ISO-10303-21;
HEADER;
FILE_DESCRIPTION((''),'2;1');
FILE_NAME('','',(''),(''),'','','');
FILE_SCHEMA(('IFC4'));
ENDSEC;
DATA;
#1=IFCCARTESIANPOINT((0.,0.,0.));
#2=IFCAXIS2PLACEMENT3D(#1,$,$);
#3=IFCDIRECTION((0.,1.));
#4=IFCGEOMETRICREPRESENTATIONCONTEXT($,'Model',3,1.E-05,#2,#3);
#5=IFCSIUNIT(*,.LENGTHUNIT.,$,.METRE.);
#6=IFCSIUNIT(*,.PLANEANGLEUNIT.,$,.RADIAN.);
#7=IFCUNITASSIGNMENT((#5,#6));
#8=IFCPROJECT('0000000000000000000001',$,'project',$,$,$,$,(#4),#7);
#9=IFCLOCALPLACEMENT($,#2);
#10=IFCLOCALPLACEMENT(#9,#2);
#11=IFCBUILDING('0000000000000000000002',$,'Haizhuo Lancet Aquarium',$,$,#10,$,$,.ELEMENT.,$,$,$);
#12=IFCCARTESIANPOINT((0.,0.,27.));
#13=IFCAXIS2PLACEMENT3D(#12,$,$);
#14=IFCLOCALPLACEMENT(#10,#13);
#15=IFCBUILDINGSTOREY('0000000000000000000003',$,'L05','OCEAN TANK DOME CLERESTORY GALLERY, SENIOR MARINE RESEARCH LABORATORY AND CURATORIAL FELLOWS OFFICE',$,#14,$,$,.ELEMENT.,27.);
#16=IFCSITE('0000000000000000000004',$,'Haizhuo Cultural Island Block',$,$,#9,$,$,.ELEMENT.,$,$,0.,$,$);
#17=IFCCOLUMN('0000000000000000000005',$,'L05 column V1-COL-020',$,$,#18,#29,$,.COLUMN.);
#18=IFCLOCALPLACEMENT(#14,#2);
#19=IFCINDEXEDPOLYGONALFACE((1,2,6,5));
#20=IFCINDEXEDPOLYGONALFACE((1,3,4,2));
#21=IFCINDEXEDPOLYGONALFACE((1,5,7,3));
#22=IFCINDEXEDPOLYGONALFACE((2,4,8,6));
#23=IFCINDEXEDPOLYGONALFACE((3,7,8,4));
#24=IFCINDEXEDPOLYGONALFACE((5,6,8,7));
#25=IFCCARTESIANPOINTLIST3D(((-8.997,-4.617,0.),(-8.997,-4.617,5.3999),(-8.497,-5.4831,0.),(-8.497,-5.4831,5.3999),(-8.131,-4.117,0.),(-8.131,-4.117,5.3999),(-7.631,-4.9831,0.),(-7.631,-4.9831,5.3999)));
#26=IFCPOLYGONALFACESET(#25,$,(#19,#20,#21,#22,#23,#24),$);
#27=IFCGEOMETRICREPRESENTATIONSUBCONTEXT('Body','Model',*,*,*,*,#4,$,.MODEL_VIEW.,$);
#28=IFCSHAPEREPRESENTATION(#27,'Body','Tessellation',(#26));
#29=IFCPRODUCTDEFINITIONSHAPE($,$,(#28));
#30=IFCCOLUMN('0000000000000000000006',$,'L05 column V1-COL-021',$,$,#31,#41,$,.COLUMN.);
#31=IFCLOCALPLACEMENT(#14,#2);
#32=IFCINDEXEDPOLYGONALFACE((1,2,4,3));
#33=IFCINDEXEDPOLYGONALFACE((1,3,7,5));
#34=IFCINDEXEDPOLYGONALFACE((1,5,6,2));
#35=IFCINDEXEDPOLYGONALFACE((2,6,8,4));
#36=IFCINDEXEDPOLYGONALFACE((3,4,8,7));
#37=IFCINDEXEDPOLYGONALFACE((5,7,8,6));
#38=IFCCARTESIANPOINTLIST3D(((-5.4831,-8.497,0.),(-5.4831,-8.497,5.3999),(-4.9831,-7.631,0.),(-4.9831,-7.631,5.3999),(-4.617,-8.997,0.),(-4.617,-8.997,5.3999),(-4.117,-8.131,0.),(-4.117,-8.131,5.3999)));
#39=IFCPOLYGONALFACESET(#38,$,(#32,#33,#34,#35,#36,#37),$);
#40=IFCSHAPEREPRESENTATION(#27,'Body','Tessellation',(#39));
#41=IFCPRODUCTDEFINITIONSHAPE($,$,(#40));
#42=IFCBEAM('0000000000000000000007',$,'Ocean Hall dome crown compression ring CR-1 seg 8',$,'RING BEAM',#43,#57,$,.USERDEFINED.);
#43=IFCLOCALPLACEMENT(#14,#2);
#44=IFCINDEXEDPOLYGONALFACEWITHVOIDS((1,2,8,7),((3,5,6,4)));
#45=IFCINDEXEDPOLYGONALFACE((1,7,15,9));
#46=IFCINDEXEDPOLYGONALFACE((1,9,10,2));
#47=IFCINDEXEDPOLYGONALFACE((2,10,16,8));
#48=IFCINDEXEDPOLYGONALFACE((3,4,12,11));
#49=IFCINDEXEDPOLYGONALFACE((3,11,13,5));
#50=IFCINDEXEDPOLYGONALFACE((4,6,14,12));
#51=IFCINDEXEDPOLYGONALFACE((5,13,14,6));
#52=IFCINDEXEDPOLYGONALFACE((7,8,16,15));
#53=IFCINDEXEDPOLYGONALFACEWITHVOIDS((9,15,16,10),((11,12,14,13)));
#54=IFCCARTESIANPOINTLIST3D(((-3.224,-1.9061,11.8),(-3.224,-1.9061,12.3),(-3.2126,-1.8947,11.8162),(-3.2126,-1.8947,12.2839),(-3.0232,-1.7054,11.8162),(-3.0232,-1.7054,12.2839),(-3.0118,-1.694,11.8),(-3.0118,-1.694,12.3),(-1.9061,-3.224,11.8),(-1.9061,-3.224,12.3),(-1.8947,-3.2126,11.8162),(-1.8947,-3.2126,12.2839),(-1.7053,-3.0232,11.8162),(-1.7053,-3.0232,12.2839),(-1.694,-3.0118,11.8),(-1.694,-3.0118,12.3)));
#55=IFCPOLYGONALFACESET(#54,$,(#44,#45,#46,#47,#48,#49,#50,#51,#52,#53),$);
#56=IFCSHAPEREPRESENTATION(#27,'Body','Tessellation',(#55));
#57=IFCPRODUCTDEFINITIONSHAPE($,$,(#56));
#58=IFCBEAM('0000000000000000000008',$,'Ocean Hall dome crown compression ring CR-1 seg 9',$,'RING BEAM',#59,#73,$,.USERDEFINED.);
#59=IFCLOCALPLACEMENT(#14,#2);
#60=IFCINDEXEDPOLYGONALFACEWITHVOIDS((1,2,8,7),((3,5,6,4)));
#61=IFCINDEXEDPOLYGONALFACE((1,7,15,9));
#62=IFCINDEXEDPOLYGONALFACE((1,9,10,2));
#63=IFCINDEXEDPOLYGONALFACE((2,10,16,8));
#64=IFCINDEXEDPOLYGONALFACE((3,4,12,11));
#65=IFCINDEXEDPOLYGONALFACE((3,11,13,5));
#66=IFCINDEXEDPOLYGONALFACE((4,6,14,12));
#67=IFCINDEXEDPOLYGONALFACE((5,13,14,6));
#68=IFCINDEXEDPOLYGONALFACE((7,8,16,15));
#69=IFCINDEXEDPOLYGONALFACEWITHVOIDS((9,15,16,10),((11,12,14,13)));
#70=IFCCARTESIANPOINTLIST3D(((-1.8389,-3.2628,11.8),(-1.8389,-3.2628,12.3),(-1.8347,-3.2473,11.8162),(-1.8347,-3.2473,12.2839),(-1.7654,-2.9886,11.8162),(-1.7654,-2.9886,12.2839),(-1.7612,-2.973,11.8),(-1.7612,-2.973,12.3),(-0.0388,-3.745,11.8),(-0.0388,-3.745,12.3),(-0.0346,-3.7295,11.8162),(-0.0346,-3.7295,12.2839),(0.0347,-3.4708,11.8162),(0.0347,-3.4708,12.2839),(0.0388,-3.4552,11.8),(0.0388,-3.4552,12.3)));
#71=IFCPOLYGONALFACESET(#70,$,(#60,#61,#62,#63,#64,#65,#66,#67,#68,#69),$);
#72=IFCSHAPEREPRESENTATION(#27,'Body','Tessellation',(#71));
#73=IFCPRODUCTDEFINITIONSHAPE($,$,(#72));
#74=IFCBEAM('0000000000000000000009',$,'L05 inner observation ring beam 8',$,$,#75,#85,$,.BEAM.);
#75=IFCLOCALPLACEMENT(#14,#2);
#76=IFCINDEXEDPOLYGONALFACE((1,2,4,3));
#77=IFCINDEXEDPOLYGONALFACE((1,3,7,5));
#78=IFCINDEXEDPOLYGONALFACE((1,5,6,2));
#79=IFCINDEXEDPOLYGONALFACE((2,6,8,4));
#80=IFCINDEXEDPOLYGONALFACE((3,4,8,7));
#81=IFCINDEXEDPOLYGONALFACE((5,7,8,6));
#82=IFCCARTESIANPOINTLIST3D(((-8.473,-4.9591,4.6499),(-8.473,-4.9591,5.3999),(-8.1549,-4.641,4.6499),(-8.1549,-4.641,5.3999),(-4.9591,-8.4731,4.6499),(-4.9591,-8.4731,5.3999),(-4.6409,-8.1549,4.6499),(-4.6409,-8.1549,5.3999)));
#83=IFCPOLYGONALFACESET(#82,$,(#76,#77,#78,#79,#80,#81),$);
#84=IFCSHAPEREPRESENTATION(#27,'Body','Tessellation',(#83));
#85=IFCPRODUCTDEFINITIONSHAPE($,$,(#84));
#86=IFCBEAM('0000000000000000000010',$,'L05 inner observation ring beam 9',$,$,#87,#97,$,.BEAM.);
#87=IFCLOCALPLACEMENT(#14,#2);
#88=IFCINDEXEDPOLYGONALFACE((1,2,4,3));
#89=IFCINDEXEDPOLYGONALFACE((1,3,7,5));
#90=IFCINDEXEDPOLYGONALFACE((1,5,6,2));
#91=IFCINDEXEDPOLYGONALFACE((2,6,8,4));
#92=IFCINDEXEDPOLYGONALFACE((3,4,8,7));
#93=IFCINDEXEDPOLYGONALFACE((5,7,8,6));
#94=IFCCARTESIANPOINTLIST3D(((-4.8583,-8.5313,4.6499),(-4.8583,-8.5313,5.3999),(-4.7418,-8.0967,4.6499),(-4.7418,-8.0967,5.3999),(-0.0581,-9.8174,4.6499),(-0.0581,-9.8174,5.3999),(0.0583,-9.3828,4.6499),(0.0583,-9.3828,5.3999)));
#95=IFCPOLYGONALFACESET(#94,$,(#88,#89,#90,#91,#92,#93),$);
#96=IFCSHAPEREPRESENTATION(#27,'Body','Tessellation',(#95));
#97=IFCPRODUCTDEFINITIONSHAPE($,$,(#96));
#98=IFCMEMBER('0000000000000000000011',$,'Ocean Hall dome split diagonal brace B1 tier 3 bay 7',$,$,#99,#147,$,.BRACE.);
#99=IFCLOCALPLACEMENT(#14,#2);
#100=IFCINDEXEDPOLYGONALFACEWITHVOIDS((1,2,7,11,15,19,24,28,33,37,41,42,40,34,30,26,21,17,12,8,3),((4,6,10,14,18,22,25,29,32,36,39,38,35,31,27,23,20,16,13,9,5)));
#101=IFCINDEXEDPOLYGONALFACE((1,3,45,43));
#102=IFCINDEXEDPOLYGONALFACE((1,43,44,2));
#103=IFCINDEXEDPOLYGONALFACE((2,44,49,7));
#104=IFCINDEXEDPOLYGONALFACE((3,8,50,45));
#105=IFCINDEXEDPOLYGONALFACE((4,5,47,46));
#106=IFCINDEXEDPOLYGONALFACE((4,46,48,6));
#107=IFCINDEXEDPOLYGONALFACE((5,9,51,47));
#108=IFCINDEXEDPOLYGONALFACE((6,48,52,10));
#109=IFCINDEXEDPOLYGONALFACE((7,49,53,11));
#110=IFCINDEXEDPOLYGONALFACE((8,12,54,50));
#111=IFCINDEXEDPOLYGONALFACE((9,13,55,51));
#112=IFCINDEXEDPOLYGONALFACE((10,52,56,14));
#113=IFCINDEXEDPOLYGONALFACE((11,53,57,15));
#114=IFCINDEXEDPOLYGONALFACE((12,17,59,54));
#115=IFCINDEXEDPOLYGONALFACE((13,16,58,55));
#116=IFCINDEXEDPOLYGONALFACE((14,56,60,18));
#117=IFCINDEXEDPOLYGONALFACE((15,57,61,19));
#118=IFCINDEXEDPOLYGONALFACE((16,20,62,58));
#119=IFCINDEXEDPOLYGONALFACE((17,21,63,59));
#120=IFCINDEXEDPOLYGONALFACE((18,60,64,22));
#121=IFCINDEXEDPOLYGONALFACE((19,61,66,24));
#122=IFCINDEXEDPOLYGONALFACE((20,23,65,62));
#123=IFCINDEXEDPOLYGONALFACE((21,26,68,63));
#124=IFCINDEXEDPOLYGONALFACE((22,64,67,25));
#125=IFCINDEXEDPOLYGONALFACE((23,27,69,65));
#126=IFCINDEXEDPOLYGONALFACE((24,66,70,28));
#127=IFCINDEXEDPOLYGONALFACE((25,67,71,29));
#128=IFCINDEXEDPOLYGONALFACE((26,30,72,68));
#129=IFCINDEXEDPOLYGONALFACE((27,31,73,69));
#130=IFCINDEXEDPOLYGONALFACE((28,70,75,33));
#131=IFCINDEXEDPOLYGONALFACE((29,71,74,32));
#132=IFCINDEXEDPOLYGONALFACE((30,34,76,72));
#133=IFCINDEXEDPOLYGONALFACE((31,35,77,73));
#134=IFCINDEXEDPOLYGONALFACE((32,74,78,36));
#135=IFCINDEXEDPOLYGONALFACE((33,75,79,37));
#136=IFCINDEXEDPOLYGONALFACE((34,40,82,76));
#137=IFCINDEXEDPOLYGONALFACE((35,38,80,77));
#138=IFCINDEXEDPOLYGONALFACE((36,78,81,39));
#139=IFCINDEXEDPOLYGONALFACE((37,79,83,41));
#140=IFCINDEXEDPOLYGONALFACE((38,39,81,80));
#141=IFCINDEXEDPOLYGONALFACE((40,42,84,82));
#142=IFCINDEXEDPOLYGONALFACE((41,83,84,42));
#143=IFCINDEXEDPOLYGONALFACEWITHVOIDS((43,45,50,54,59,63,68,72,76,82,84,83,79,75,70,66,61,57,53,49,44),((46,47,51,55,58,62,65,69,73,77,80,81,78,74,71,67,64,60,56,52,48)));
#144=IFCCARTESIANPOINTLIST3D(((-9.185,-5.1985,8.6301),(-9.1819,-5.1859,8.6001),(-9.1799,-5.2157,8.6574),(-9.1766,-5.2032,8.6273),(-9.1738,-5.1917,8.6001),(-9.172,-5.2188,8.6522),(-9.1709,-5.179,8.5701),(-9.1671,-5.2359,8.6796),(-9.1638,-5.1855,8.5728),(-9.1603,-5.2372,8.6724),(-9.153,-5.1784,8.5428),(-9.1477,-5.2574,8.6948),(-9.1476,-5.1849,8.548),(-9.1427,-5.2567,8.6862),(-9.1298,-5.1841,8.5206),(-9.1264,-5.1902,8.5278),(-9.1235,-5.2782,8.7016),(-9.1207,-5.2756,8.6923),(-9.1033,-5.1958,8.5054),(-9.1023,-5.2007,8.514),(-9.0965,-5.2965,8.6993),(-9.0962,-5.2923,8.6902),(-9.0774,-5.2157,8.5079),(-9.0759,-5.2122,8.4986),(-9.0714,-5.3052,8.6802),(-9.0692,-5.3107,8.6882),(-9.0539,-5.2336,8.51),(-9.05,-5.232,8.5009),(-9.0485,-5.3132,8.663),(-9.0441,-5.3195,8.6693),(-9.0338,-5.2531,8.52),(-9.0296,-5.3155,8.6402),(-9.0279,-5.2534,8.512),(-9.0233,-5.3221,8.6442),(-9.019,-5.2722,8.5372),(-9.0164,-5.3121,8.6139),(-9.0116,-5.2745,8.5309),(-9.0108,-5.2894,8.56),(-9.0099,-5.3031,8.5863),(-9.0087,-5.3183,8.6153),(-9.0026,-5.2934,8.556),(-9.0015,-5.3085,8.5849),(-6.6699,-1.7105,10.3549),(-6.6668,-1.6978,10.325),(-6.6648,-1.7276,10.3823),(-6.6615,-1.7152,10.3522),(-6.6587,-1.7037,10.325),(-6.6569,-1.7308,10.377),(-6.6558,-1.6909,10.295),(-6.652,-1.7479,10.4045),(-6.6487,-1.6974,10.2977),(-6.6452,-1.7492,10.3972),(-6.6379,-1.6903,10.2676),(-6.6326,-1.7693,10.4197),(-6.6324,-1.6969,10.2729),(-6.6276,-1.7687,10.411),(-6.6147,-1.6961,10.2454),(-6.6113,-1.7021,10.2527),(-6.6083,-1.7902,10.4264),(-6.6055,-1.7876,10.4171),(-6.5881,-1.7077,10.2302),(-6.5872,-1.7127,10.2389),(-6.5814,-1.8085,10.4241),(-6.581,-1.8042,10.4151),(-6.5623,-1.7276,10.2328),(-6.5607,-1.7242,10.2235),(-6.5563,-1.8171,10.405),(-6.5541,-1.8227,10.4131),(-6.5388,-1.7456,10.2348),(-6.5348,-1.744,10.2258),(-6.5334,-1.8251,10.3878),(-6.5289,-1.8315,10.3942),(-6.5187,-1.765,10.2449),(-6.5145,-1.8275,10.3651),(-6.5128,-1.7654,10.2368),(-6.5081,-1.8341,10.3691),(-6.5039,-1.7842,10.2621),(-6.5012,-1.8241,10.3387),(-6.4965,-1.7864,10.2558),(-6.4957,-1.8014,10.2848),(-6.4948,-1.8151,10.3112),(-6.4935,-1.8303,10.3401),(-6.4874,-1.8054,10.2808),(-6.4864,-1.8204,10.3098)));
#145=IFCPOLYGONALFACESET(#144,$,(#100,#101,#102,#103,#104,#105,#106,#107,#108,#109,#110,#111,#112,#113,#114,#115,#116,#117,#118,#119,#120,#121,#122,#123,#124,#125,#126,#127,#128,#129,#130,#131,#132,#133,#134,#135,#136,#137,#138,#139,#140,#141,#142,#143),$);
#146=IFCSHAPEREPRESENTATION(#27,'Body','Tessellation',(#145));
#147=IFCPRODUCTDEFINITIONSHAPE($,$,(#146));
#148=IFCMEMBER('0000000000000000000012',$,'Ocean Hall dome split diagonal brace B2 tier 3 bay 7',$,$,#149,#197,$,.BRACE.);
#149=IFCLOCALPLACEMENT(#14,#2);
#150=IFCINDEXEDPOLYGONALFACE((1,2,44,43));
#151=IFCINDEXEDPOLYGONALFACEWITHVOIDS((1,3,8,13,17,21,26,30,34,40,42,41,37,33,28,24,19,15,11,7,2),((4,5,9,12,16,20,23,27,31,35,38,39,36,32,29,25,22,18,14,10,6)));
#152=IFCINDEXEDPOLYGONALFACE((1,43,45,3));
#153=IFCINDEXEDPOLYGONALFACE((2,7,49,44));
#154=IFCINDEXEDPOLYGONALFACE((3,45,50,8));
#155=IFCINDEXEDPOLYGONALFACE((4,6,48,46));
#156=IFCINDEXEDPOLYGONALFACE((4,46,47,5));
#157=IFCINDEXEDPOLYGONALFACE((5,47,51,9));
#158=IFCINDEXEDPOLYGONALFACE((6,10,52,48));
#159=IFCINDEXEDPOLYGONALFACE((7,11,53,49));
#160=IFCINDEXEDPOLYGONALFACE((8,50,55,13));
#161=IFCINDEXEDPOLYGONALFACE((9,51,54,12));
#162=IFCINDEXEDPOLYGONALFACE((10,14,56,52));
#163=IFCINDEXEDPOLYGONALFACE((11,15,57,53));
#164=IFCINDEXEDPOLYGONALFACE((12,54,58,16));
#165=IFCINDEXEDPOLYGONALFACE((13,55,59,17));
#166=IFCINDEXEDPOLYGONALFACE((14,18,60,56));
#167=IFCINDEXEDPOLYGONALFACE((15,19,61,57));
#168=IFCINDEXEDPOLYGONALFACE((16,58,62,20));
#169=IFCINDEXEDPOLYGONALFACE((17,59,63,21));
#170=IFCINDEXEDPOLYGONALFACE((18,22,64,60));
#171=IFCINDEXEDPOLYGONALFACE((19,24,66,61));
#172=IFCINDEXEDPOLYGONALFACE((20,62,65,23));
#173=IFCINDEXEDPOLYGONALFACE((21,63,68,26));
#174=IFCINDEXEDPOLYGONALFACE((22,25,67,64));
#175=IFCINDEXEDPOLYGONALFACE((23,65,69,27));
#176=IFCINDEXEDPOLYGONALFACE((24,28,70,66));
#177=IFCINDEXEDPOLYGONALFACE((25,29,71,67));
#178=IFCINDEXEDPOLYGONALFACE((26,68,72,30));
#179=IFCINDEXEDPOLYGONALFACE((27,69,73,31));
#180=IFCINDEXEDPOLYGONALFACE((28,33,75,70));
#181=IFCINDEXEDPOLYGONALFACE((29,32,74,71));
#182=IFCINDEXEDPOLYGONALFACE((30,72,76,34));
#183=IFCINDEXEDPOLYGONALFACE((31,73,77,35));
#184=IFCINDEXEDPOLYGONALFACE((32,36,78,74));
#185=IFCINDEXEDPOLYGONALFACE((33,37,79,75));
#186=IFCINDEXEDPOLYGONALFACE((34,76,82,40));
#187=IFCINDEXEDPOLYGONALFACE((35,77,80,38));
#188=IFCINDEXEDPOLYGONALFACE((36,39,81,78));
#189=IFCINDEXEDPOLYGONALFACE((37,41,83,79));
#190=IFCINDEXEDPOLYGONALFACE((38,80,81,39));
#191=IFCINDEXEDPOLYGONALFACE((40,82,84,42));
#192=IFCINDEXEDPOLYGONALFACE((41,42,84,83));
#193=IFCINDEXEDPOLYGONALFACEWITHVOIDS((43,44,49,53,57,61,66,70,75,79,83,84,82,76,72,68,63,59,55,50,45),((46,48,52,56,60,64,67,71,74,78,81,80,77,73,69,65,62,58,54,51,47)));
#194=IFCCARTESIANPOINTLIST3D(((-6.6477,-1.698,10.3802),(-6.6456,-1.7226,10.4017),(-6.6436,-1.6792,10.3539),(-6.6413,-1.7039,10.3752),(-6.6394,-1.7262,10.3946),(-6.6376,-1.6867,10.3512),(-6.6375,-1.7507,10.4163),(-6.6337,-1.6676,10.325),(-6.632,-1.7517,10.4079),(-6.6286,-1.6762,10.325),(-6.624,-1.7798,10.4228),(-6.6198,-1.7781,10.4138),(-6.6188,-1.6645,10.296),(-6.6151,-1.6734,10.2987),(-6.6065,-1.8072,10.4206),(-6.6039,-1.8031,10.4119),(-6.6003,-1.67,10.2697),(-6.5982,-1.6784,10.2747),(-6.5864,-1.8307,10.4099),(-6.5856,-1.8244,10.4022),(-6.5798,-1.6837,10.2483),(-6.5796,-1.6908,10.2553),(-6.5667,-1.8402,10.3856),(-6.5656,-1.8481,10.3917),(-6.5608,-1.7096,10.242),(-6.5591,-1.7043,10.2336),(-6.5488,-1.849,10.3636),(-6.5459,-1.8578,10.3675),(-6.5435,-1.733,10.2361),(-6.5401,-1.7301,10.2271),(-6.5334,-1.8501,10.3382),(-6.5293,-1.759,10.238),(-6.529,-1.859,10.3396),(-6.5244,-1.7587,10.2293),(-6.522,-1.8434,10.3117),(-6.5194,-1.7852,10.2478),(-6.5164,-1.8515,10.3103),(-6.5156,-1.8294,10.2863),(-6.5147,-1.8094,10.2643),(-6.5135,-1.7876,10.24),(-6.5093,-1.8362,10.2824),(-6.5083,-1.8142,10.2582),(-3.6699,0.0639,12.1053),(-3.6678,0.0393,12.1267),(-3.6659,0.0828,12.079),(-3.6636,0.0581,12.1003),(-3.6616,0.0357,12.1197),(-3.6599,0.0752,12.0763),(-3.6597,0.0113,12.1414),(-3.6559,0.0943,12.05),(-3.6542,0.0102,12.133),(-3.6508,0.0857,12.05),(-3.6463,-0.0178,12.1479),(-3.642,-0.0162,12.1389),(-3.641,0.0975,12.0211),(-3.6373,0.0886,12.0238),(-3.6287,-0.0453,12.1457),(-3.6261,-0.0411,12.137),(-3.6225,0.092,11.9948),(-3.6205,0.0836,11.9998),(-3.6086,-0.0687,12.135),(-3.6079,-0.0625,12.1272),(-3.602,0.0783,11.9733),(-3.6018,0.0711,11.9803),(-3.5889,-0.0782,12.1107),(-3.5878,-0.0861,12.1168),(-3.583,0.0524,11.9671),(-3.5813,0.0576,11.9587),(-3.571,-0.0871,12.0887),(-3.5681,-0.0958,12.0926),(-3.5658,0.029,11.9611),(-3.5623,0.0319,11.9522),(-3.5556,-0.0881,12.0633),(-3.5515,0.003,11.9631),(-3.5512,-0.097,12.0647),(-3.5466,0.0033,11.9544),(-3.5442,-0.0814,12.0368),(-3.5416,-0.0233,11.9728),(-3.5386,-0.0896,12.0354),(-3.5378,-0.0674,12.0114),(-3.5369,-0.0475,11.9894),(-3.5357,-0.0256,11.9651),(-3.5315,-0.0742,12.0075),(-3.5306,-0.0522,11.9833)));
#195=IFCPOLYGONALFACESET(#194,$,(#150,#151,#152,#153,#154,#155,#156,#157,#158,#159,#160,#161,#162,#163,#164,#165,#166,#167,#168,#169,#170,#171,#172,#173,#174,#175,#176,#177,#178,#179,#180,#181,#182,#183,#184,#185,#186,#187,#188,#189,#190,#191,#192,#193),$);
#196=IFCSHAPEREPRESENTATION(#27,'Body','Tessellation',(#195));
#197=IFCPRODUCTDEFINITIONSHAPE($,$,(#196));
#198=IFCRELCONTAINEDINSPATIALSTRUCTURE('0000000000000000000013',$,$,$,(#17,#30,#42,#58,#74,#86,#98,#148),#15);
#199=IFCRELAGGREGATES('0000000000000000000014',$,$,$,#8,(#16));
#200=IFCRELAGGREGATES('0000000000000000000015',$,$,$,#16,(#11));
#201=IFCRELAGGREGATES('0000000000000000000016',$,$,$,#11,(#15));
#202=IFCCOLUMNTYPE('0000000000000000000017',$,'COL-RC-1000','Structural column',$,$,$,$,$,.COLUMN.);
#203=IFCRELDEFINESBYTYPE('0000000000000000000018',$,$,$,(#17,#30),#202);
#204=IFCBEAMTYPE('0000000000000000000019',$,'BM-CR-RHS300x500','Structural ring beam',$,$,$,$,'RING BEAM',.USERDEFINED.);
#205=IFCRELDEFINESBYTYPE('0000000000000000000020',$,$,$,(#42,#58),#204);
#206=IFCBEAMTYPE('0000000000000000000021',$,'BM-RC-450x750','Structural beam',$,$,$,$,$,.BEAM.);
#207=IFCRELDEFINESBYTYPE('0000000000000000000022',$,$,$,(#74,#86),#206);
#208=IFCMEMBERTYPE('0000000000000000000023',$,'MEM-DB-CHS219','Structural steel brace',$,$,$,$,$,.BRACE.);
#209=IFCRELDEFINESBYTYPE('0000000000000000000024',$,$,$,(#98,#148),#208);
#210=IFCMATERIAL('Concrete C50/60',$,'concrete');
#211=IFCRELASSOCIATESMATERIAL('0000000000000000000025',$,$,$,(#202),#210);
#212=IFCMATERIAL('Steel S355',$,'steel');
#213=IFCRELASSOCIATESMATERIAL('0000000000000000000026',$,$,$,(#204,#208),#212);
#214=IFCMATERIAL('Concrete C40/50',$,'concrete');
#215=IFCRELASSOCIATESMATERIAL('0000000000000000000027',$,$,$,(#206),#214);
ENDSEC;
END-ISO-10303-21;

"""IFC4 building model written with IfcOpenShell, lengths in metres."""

from ifc_helpers import new_model, si_unit, direction, frame, origin, origin_2d, place, context, subcontext, project, spatial, rectangle, hollow_rectangle, hollow_circle, extrude, material, material_profile, profile_set, type_object, element, save


model = new_model("IFC4")

# Units and contexts
model_context = context("Model", 3, precision=1e-05, world=origin(), true_north=direction((0.0, 1.0)))
body_context = subcontext(model_context, "Body", "Model", "MODEL_VIEW")
ifc_project = project(units=[si_unit("LENGTHUNIT", "METRE"), si_unit("PLANEANGLEUNIT", "RADIAN")], contexts=[model_context])

# Site, building, storey
site_placement = place(None, origin())
site = spatial("IfcSite", under=ifc_project, at=site_placement, Name="Haizhuo Cultural Island Block", CompositionType="ELEMENT", RefElevation=0.0)
building_placement = place(site_placement, origin())
building = spatial("IfcBuilding", under=site, at=building_placement, Name="Haizhuo Lancet Aquarium", CompositionType="ELEMENT")
storey_placement = place(building_placement, frame((0.0, 0.0, 27.0)))
storey = spatial("IfcBuildingStorey", under=building, at=storey_placement, Name="L05", Description="OCEAN TANK DOME CLERESTORY GALLERY, SENIOR MARINE RESEARCH LABORATORY AND CURATORIAL FELLOWS OFFICE", CompositionType="ELEMENT", Elevation=27.0)

# Columns
ifc_material_1 = material(Name="Concrete C50/60", Category="concrete")
ifc_material_profile_1 = material_profile(ifc_material_1, rectangle(XDim=1.0, YDim=1.0, at=origin_2d()), Name="RC-COL 1000x1000")
ifc_profile_set_1 = profile_set([ifc_material_profile_1], Name="Concrete C50/60")
column_type = type_object("IfcColumnType", Name="COL-RC-1000", Description="Structural column", PredefinedType="COLUMN", material=ifc_profile_set_1)
for number, where, z_axis, x_axis, name in (
    (1, (-8.314, -4.8, 0.0), (0.0, 0.0, 1.0), (-0.866025, -0.5, 0.0), "L05 column V1-COL-020"),
    (2, (-4.8, -8.314, 0.0), (0.0, 0.0, 1.0), (-0.5, -0.866025, 0.0), "L05 column V1-COL-021"),
):
    element("IfcColumn", number, at=place(storey_placement, frame(where, z_axis=z_axis, x_axis=x_axis)), inside=storey, type_object=column_type, Name=name, PredefinedType="COLUMN", context=body_context, shape_type="SweptSolid", body=[
        extrude(rectangle(XDim=1.0, YDim=1.0, at=origin_2d()), origin(), (0.0, 0.0, 1.0), 5.3999),
    ])

# Beams
ifc_material_2 = material(Name="Steel S355", Category="steel")
ifc_material_profile_2 = material_profile(ifc_material_2, hollow_rectangle(XDim=0.3, YDim=0.5, WallThickness=0.0161, at=origin_2d()), Name="RHS 300x500x16")
ifc_profile_set_2 = profile_set([ifc_material_profile_2], Name="Steel S355")
beam_type_1 = type_object("IfcBeamType", Name="BM-CR-RHS300x500", Description="Structural ring beam", ElementType="RING BEAM", PredefinedType="USERDEFINED", material=ifc_profile_set_2)
beam_1_placement = place(storey_placement, frame((-3.1179, -1.8, 12.05), z_axis=(0.707107, -0.707107, 0.0), x_axis=(0.707107, 0.707107, 0.0)))
element("IfcBeam", 3, at=beam_1_placement, inside=storey, type_object=beam_type_1, Name="Ocean Hall dome crown compression ring CR-1 seg 8", ObjectType="RING BEAM", PredefinedType="USERDEFINED", context=body_context, shape_type="SweptSolid", body=[
    extrude(hollow_rectangle(XDim=0.3, YDim=0.5, WallThickness=0.0161, at=origin_2d()), origin(), (0.0, 0.0, 1.0), 1.8638),
])
beam_2_placement = place(storey_placement, frame((-1.8, -3.1179, 12.05), z_axis=(0.965945, -0.258747, 0.0), x_axis=(0.258747, 0.965945, 0.0)))
element("IfcBeam", 4, at=beam_2_placement, inside=storey, type_object=beam_type_1, Name="Ocean Hall dome crown compression ring CR-1 seg 9", ObjectType="RING BEAM", PredefinedType="USERDEFINED", context=body_context, shape_type="SweptSolid", body=[
    extrude(hollow_rectangle(XDim=0.3, YDim=0.5, WallThickness=0.0161, at=origin_2d()), origin(), (0.0, 0.0, 1.0), 1.8635),
])
ifc_material_3 = material(Name="Concrete C40/50", Category="concrete")
ifc_material_profile_3 = material_profile(ifc_material_3, rectangle(XDim=0.45, YDim=0.75, at=origin_2d()), Name="RC-BM 450x750")
ifc_profile_set_3 = profile_set([ifc_material_profile_3], Name="Concrete C40/50")
beam_type_2 = type_object("IfcBeamType", Name="BM-RC-450x750", Description="Structural beam", PredefinedType="BEAM", material=ifc_profile_set_3)
for number, where, z_axis, x_axis, name in (
    (5, (-8.314, -4.8, 5.0249), (0.707107, -0.707107, 0.0), (0.707107, 0.707107, 0.0), "L05 inner observation ring beam 8"),
    (6, (-4.8, -8.314, 5.0249), (0.965928, -0.258812, 0.0), (0.258812, 0.965928, 0.0), "L05 inner observation ring beam 9"),
):
    element("IfcBeam", number, at=place(storey_placement, frame(where, z_axis=z_axis, x_axis=x_axis)), inside=storey, type_object=beam_type_2, Name=name, PredefinedType="BEAM", context=body_context, shape_type="SweptSolid", body=[
        extrude(rectangle(XDim=0.45, YDim=0.75, at=origin_2d()), origin(), (0.0, 0.0, 1.0), 4.9695),
    ])

# Members
ifc_material_profile_4 = material_profile(ifc_material_2, hollow_circle(Radius=0.1096, WallThickness=0.01, at=origin_2d()), Name="CHS 219x10")
ifc_profile_set_4 = profile_set([ifc_material_profile_4], Name="Steel S355")
member_type_1 = type_object("IfcMemberType", Name="MEM-DB-CHS219", Description="Structural steel brace", PredefinedType="BRACE", material=ifc_profile_set_4)
member_1_placement = place(storey_placement, frame((-9.093, -5.25, 8.6001), z_axis=(0.54284, 0.75282, 0.372274), x_axis=(-0.811121, 0.584879, 0.0)))
element("IfcMember", 7, at=member_1_placement, inside=storey, type_object=member_type_1, Name="Ocean Hall dome split diagonal brace B1 tier 3 bay 7", PredefinedType="BRACE", context=body_context, shape_type="SweptSolid", body=[
    extrude(hollow_circle(Radius=0.1096, WallThickness=0.01, at=origin_2d()), origin(), (0.0, 0.0, 1.0), 4.6333),
])
member_2_placement = place(storey_placement, frame((-6.5779, -1.762, 10.325), z_axis=(0.770205, 0.455733, 0.446197), x_axis=(-0.509236, 0.860627, 0.0)))
element("IfcMember", 8, at=member_2_placement, inside=storey, type_object=member_type_1, Name="Ocean Hall dome split diagonal brace B2 tier 3 bay 7", PredefinedType="BRACE", context=body_context, shape_type="SweptSolid", body=[
    extrude(hollow_circle(Radius=0.1096, WallThickness=0.01, at=origin_2d()), origin(), (0.0, 0.0, 1.0), 3.8662),
])

save(model, "model.ifc")
